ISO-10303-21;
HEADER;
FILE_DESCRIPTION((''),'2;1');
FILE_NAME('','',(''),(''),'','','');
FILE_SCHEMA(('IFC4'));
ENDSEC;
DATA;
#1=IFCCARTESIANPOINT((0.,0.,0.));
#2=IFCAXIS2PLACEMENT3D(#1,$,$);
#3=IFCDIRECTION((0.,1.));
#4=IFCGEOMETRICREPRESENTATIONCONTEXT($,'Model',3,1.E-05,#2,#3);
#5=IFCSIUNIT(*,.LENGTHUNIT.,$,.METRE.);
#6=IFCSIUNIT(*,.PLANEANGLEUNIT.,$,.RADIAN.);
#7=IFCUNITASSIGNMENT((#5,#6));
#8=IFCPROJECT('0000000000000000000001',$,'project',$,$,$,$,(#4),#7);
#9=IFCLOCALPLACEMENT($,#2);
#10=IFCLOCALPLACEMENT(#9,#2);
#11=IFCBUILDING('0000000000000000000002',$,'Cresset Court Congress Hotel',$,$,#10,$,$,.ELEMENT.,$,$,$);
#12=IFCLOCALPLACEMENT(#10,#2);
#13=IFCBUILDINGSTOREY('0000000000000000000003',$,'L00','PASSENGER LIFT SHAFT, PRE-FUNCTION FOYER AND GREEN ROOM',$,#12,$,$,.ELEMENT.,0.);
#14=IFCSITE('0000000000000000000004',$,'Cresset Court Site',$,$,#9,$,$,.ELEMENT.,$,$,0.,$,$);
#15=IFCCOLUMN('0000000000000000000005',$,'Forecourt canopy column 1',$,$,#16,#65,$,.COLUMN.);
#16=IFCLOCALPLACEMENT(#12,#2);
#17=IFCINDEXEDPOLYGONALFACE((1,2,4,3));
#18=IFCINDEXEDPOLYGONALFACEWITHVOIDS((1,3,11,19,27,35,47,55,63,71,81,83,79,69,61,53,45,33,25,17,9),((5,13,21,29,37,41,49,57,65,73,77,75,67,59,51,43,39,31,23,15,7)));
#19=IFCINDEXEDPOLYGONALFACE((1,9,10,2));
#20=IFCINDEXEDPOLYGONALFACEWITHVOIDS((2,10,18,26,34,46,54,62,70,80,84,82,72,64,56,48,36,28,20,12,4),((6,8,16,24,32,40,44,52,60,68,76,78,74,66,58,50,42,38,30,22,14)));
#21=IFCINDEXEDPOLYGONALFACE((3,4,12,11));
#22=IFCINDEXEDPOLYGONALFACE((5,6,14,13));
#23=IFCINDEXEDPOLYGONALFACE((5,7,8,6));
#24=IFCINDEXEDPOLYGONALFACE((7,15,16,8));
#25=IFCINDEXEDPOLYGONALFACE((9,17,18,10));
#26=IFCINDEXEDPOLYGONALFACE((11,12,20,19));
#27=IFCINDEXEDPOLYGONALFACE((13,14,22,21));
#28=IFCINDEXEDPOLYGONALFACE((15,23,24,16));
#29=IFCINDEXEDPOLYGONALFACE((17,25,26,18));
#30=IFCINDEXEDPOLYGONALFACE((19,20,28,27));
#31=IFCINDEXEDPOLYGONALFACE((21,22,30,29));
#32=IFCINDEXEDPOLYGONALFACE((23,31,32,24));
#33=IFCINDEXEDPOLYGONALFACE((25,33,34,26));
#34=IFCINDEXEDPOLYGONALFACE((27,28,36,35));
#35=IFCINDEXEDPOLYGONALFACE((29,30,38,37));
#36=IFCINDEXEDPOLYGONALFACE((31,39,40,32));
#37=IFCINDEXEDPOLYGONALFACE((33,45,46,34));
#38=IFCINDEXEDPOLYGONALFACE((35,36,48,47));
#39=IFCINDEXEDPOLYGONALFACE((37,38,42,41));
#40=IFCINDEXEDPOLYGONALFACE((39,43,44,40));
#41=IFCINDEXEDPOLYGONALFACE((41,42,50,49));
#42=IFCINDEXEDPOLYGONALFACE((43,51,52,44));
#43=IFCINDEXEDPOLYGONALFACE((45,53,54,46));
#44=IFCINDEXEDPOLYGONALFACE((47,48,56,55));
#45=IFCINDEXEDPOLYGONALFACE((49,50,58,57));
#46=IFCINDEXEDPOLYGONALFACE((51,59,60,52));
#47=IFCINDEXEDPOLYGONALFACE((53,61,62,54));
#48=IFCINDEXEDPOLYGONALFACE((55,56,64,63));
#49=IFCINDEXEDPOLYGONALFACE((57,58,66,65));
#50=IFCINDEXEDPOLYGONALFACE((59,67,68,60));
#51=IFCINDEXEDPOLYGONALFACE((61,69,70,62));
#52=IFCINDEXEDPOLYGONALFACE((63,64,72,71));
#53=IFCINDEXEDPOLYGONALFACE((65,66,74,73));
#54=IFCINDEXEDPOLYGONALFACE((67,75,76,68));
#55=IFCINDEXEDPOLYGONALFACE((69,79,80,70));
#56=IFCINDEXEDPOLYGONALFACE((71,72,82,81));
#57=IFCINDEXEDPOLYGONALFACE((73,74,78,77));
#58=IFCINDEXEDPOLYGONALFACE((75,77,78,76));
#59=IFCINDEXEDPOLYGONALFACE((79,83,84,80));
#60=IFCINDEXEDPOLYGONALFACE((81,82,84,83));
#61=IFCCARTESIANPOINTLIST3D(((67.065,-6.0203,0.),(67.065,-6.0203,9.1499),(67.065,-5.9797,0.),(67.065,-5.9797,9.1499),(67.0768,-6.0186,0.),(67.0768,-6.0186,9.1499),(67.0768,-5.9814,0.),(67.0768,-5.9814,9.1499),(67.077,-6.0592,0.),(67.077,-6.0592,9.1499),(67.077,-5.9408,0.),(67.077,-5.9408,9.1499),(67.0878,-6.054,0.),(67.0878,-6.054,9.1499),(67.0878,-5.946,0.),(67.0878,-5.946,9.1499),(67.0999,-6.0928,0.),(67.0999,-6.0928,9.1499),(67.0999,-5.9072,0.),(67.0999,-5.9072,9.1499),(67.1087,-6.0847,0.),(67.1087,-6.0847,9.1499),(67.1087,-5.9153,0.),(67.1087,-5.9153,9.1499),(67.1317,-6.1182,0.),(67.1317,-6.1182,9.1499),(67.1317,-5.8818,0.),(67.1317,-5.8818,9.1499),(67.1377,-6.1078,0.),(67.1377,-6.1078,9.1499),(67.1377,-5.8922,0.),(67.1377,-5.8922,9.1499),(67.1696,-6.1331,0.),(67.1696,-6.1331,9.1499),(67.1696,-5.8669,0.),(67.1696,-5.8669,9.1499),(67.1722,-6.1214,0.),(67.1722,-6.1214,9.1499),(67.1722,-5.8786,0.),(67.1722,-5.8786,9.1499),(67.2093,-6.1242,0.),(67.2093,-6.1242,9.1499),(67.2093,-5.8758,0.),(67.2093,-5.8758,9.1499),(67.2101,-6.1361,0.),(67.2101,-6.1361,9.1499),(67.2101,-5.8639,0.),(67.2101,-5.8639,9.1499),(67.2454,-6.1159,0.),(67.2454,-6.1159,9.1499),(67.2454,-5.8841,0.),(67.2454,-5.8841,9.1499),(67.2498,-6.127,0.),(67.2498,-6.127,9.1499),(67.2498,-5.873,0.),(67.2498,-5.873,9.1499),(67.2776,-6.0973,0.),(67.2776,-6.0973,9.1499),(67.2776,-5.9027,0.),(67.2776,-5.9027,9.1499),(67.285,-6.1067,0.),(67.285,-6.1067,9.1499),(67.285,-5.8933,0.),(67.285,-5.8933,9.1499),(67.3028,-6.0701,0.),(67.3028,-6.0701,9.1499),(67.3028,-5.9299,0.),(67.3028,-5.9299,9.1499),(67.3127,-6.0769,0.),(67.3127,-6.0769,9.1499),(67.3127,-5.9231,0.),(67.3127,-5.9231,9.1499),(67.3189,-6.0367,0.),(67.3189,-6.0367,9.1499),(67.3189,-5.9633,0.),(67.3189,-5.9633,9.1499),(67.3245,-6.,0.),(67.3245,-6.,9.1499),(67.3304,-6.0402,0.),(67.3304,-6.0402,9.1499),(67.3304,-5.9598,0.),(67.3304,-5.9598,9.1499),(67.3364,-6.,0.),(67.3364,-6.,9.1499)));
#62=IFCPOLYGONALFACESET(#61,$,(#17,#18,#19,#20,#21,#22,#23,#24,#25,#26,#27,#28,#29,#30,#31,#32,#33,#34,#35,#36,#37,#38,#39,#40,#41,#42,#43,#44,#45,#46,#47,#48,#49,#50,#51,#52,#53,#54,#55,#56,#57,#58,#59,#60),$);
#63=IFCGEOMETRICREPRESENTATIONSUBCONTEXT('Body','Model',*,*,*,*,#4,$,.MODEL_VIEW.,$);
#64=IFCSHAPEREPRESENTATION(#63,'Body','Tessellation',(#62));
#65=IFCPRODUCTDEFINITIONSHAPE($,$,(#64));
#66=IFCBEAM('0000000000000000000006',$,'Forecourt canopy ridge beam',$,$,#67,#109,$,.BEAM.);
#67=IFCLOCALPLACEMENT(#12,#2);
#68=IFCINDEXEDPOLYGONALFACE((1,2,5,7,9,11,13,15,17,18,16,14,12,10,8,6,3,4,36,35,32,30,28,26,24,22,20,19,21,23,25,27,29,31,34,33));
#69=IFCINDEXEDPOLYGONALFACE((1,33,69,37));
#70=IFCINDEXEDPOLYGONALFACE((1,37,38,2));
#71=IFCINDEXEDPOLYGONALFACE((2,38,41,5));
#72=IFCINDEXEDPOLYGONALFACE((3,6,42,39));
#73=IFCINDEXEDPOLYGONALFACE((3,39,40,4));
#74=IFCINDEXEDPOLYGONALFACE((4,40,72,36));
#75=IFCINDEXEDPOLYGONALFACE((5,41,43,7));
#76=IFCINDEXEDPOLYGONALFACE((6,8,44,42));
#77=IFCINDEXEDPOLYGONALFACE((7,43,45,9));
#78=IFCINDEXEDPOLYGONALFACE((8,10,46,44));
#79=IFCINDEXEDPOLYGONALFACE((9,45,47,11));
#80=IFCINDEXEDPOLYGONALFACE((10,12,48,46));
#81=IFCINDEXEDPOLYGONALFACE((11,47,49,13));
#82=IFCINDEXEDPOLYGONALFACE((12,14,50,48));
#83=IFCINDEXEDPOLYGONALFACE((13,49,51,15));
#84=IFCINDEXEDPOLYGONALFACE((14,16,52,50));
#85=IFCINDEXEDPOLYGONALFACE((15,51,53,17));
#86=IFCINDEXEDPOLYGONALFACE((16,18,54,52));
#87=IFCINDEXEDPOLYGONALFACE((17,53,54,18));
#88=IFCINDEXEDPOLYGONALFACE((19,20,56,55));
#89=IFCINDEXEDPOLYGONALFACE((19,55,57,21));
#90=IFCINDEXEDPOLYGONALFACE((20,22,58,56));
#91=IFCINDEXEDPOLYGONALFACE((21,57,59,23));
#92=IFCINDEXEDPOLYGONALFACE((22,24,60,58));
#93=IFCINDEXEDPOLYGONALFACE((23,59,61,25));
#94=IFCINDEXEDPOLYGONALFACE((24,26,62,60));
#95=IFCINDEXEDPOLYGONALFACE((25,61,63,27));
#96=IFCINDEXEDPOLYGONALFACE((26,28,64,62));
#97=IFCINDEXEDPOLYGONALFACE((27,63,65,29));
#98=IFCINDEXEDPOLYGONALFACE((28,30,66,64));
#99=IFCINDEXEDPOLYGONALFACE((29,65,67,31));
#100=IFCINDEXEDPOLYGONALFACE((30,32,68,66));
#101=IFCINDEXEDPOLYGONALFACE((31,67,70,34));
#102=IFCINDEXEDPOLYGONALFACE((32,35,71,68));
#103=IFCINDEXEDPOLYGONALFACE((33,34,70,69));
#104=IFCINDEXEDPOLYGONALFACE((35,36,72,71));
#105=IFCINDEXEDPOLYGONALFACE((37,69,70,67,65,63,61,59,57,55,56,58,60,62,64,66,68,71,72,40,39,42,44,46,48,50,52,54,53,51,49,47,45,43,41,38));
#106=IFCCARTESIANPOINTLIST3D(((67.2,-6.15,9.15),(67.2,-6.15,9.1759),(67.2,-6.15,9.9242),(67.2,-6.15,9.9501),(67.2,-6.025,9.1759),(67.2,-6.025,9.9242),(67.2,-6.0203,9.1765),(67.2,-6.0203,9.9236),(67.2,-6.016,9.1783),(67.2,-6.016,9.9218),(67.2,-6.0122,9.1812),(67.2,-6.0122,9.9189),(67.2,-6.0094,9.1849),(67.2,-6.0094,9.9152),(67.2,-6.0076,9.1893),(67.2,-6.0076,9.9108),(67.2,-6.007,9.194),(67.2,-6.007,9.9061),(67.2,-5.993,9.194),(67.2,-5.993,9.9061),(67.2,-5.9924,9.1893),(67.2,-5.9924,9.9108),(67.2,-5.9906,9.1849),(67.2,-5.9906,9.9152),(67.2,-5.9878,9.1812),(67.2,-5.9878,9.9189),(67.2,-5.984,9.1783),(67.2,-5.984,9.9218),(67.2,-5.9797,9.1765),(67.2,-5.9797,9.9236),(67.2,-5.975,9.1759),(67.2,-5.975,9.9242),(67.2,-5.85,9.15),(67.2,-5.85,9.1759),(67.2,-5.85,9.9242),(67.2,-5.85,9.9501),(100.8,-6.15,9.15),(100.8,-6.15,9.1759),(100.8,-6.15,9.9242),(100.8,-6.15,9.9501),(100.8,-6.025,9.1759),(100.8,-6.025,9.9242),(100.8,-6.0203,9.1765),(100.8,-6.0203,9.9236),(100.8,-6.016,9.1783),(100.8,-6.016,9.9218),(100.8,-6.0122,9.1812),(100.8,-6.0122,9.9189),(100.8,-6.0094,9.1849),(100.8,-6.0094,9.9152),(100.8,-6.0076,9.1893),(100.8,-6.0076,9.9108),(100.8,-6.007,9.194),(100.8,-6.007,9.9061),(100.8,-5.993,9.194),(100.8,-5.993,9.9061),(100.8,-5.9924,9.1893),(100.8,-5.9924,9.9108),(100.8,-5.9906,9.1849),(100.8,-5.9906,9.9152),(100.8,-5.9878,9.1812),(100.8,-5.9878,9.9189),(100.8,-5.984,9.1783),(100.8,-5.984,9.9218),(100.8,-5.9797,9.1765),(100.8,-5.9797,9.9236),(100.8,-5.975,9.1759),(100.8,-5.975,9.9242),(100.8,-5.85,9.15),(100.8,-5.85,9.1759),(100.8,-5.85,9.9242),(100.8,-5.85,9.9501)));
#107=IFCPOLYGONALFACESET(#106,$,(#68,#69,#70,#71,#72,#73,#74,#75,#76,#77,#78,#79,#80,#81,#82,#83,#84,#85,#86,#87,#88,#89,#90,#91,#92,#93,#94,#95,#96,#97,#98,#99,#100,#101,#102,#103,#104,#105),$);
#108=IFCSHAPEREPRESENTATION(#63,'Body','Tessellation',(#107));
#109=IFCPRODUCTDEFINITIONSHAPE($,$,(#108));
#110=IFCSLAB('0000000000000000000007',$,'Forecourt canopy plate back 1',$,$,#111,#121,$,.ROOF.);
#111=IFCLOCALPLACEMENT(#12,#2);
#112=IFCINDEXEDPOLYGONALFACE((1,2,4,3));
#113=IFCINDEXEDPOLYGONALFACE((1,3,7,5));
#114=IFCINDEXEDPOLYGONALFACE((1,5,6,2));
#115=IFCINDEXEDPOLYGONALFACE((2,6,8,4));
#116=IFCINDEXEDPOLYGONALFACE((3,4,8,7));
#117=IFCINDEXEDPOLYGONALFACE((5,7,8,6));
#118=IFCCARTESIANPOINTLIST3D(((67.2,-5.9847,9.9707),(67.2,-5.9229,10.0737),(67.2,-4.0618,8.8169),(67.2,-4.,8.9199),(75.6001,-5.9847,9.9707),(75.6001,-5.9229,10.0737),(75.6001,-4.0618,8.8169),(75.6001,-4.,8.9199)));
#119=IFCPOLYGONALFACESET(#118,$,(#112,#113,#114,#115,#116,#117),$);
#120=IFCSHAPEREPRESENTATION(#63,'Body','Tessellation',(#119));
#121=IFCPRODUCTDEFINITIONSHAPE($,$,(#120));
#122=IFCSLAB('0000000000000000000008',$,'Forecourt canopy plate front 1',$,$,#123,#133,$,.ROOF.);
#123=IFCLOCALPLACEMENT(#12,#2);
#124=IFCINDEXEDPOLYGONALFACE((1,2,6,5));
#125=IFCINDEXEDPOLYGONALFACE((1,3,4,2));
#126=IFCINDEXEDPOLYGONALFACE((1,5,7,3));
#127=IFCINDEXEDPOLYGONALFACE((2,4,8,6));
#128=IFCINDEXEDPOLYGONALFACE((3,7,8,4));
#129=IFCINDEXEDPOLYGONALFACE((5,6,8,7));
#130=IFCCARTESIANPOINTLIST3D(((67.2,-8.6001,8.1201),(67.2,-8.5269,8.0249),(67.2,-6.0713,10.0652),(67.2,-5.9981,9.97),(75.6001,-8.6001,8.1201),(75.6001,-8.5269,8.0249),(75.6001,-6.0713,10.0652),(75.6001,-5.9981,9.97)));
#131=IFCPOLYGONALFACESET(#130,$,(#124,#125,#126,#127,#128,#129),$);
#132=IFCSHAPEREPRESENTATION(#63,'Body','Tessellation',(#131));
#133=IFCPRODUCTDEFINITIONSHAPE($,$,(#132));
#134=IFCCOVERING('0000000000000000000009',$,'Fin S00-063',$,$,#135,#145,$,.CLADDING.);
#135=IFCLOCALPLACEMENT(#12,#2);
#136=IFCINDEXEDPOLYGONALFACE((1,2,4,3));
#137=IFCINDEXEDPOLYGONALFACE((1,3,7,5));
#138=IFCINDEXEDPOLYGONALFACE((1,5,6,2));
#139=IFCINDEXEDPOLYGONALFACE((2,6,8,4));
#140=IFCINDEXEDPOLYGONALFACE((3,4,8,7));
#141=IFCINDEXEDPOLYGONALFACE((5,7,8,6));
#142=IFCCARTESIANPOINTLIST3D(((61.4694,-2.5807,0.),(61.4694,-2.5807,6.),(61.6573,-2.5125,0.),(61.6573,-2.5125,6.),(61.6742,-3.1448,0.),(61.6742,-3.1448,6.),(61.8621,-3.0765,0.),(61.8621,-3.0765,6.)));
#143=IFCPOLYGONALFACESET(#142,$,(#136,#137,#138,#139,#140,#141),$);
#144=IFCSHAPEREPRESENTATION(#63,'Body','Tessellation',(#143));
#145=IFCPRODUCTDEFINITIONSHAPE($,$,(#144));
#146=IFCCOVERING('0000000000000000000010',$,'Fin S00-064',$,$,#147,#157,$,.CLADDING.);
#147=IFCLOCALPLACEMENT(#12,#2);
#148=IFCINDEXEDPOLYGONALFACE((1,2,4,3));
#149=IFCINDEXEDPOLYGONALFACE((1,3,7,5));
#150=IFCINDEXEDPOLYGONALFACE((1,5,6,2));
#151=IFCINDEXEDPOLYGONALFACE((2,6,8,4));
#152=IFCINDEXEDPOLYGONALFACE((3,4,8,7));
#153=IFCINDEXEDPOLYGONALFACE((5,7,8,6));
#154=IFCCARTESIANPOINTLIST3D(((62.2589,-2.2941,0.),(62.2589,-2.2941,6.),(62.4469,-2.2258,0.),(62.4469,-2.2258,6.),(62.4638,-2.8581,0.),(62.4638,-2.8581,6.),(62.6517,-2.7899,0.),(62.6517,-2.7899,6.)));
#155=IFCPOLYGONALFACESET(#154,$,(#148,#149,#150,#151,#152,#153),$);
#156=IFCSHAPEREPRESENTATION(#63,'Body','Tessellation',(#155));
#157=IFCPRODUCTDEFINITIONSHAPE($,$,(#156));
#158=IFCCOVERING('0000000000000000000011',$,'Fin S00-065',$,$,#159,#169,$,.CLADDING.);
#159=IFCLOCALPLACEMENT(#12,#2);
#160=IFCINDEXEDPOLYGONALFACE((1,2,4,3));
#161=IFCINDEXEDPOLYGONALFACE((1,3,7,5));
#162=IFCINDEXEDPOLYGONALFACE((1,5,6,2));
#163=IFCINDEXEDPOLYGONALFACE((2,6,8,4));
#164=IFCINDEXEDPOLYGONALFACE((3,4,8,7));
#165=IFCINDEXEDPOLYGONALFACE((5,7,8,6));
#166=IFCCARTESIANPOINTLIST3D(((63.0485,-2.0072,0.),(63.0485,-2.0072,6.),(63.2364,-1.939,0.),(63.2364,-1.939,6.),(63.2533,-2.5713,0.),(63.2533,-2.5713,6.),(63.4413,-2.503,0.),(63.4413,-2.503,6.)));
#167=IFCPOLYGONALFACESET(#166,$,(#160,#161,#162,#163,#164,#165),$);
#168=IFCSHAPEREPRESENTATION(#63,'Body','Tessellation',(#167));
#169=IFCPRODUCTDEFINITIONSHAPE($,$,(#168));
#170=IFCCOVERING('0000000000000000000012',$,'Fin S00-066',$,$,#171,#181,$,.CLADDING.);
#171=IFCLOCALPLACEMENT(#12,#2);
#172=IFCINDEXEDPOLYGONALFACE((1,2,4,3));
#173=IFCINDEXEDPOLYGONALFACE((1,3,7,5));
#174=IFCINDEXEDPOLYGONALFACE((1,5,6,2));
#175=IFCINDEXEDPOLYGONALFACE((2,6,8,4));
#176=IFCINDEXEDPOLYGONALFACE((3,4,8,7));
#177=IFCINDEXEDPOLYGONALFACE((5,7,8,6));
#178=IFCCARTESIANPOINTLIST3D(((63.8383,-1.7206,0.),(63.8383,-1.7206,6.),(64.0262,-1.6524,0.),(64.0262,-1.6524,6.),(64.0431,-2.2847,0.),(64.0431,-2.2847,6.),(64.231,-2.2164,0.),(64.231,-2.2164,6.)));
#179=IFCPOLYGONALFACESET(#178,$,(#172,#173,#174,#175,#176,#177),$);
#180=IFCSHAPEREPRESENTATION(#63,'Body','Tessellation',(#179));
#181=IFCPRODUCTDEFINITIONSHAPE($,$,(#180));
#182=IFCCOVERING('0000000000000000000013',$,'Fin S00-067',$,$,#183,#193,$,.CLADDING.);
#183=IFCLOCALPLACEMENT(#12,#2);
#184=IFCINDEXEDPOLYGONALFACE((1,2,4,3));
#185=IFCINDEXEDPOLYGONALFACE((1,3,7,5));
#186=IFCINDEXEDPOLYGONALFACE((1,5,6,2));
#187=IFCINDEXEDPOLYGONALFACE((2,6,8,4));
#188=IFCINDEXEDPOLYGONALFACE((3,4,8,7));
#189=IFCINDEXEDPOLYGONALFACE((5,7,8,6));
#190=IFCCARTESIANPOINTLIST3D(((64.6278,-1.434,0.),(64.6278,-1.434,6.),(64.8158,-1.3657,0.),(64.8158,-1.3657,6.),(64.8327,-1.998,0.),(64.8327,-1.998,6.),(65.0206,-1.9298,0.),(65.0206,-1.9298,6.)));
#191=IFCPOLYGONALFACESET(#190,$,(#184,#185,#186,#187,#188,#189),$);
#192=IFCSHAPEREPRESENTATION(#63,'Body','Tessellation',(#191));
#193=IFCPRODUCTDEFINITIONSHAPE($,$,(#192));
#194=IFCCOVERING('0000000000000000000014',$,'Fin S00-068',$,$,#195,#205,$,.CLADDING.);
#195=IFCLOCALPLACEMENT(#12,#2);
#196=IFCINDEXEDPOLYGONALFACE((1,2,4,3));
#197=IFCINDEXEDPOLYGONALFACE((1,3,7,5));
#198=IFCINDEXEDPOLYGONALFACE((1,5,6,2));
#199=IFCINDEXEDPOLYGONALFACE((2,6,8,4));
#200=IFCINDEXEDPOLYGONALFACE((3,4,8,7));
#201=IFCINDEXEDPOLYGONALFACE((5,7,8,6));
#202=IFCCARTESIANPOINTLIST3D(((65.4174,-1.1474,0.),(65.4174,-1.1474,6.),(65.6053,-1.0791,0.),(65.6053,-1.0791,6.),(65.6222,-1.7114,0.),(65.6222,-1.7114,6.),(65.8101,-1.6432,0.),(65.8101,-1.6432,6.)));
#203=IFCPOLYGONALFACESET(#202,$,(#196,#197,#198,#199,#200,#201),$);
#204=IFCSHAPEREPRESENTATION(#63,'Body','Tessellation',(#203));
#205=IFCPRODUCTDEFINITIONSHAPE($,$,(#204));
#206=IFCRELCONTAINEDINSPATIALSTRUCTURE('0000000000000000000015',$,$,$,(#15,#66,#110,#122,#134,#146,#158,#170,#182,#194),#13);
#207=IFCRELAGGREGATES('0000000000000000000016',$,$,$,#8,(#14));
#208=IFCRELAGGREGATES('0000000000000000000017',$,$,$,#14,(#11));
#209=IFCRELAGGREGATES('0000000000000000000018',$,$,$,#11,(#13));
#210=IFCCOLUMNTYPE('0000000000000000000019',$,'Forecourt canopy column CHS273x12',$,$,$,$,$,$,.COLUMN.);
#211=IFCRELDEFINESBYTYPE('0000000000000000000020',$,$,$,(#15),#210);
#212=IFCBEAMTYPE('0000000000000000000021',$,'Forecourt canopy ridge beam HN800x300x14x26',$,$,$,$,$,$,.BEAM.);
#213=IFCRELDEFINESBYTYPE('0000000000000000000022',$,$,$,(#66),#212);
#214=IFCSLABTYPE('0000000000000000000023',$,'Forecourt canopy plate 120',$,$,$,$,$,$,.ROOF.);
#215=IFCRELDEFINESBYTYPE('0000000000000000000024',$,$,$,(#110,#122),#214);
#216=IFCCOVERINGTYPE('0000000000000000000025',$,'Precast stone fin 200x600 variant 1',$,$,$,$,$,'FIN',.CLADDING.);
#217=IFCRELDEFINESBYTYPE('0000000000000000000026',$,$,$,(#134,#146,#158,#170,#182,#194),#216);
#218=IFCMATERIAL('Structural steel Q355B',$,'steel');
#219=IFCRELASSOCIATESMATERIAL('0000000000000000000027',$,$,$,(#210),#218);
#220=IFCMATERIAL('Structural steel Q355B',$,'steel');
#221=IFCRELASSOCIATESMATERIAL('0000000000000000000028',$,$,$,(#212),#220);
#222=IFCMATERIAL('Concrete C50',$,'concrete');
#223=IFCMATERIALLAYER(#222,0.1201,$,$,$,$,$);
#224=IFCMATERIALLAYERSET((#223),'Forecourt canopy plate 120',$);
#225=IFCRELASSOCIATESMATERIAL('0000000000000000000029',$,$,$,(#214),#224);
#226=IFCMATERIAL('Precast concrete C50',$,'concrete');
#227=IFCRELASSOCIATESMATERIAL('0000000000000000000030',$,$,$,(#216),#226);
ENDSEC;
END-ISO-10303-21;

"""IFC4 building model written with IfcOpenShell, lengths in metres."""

from ifc_helpers import new_model, si_unit, direction, frame, origin, origin_2d, place, context, subcontext, project, spatial, polyline, rectangle, hollow_circle, i_section, outline, extrude, material, layer, layer_set, material_profile, profile_set, type_object, element, save


model = new_model("IFC4")

# Units and contexts
model_context = context("Model", 3, precision=1e-05, world=origin(), true_north=direction((0.0, 1.0)))
body_context = subcontext(model_context, "Body", "Model", "MODEL_VIEW")
ifc_project = project(units=[si_unit("LENGTHUNIT", "METRE"), si_unit("PLANEANGLEUNIT", "RADIAN")], contexts=[model_context])

# Site, building, storey
site_placement = place(None, origin())
site = spatial("IfcSite", under=ifc_project, at=site_placement, Name="Cresset Court Site", CompositionType="ELEMENT", RefElevation=0.0)
building_placement = place(site_placement, origin())
building = spatial("IfcBuilding", under=site, at=building_placement, Name="Cresset Court Congress Hotel", CompositionType="ELEMENT")
storey_placement = place(building_placement, origin())
storey = spatial("IfcBuildingStorey", under=building, at=storey_placement, Name="L00", Description="PASSENGER LIFT SHAFT, PRE-FUNCTION FOYER AND GREEN ROOM", CompositionType="ELEMENT", Elevation=0.0)

# Column
ifc_material_1 = material(Name="Structural steel Q355B", Category="steel")
ifc_material_profile_1 = material_profile(ifc_material_1, hollow_circle(Radius=0.1365, WallThickness=0.012, at=origin_2d()), Name="CHS273x12")
ifc_profile_set_1 = profile_set([ifc_material_profile_1], Name="Structural steel Q355B")
column_type = type_object("IfcColumnType", Name="Forecourt canopy column CHS273x12", PredefinedType="COLUMN", material=ifc_profile_set_1)
column_placement = place(storey_placement, frame((67.2, -6.0, 0.0), z_axis=(0.0, 0.0, 1.0), x_axis=(1.0, 0.0, 0.0)))
element("IfcColumn", 1, at=column_placement, inside=storey, type_object=column_type, Name="Forecourt canopy column 1", PredefinedType="COLUMN", context=body_context, shape_type="SweptSolid", body=[
    extrude(hollow_circle(Radius=0.1365, WallThickness=0.012, at=origin_2d()), origin(), (0.0, 0.0, 1.0), 9.1499),
])

# Beam
ifc_material_2 = material(Name="Structural steel Q355B", Category="steel")
ifc_material_profile_2 = material_profile(ifc_material_2, i_section(OverallWidth=0.3, OverallDepth=0.8, WebThickness=0.0139, FlangeThickness=0.0259, FilletRadius=0.0181, at=origin_2d()), Name="HN800x300x14x26")
ifc_profile_set_2 = profile_set([ifc_material_profile_2], Name="Structural steel Q355B")
beam_type = type_object("IfcBeamType", Name="Forecourt canopy ridge beam HN800x300x14x26", PredefinedType="BEAM", material=ifc_profile_set_2)
beam_placement = place(storey_placement, frame((67.2, -6.0, 9.55), z_axis=(1.0, 0.0, 0.0), x_axis=(0.0, 1.0, 0.0)))
element("IfcBeam", 2, at=beam_placement, inside=storey, type_object=beam_type, Name="Forecourt canopy ridge beam", PredefinedType="BEAM", context=body_context, shape_type="SweptSolid", body=[
    extrude(i_section(OverallWidth=0.3, OverallDepth=0.8, WebThickness=0.0139, FlangeThickness=0.0259, FilletRadius=0.0181, at=origin_2d()), origin(), (0.0, 0.0, 1.0), 33.6001),
])

# Slabs
ifc_material_3 = material(Name="Concrete C50", Category="concrete")
ifc_layer_1 = layer(ifc_material_3, 0.1201)
ifc_layer_set_1 = layer_set([ifc_layer_1], Name="Forecourt canopy plate 120")
slab_type = type_object("IfcSlabType", Name="Forecourt canopy plate 120", PredefinedType="ROOF", material=ifc_layer_set_1)
slab_1_placement = place(storey_placement, frame((67.2, -5.9229, 10.0737), z_axis=(0.0, 0.514528, 0.857474), x_axis=(1.0, 0.0, 0.0)))
element("IfcSlab", 3, at=slab_1_placement, inside=storey, type_object=slab_type, Name="Forecourt canopy plate back 1", PredefinedType="ROOF", context=body_context, shape_type="SweptSolid", body=[
    extrude(outline(polyline([(0.0, 0.0), (8.4001, 0.0), (8.4001, 2.2425), (0.0, 2.2425), (0.0, 0.0)])), origin(), (0.0, 0.0, -1.0), 0.1201),
])
slab_2_placement = place(storey_placement, frame((67.2, -6.0713, 10.0652), z_axis=(0.0, -0.609677, 0.79265), x_axis=(1.0, 0.0, 0.0)))
element("IfcSlab", 4, at=slab_2_placement, inside=storey, type_object=slab_type, Name="Forecourt canopy plate front 1", PredefinedType="ROOF", context=body_context, shape_type="SweptSolid", body=[
    extrude(outline(polyline([(0.0, 0.0), (8.4001, 0.0), (8.4001, -3.1903), (0.0, -3.1903), (0.0, 0.0)])), origin(), (0.0, 0.0, -1.0), 0.1201),
])

# Coverings
ifc_material_4 = material(Name="Precast concrete C50", Category="concrete")
covering_type = type_object("IfcCoveringType", Name="Precast stone fin 200x600 variant 1", ElementType="FIN", PredefinedType="CLADDING", material=ifc_material_4)
for number, where, z_axis, x_axis, name in (
    (5, (61.6658, -2.8286, 0.0), (0.0, 0.0, 1.0), (0.939957, 0.341293, 0.0), "Fin S00-063"),
    (6, (62.4553, -2.542, 0.0), (0.0, 0.0, 1.0), (0.939957, 0.341293, 0.0), "Fin S00-064"),
    (7, (63.2449, -2.2551, 0.0), (0.0, 0.0, 1.0), (0.939957, 0.341293, 0.0), "Fin S00-065"),
    (8, (64.0347, -1.9685, 0.0), (0.0, 0.0, 1.0), (0.939957, 0.341293, 0.0), "Fin S00-066"),
    (9, (64.8242, -1.6819, 0.0), (0.0, 0.0, 1.0), (0.939957, 0.341293, 0.0), "Fin S00-067"),
    (10, (65.6138, -1.3953, 0.0), (0.0, 0.0, 1.0), (0.939957, 0.341293, 0.0), "Fin S00-068"),
):
    element("IfcCovering", number, at=place(storey_placement, frame(where, z_axis=z_axis, x_axis=x_axis)), inside=storey, type_object=covering_type, Name=name, PredefinedType="CLADDING", context=body_context, shape_type="SweptSolid", body=[
        extrude(rectangle(XDim=0.2, YDim=0.6001, at=origin_2d()), origin(), (0.0, 0.0, 1.0), 6.0),
    ])

save(model, "model.ifc")
